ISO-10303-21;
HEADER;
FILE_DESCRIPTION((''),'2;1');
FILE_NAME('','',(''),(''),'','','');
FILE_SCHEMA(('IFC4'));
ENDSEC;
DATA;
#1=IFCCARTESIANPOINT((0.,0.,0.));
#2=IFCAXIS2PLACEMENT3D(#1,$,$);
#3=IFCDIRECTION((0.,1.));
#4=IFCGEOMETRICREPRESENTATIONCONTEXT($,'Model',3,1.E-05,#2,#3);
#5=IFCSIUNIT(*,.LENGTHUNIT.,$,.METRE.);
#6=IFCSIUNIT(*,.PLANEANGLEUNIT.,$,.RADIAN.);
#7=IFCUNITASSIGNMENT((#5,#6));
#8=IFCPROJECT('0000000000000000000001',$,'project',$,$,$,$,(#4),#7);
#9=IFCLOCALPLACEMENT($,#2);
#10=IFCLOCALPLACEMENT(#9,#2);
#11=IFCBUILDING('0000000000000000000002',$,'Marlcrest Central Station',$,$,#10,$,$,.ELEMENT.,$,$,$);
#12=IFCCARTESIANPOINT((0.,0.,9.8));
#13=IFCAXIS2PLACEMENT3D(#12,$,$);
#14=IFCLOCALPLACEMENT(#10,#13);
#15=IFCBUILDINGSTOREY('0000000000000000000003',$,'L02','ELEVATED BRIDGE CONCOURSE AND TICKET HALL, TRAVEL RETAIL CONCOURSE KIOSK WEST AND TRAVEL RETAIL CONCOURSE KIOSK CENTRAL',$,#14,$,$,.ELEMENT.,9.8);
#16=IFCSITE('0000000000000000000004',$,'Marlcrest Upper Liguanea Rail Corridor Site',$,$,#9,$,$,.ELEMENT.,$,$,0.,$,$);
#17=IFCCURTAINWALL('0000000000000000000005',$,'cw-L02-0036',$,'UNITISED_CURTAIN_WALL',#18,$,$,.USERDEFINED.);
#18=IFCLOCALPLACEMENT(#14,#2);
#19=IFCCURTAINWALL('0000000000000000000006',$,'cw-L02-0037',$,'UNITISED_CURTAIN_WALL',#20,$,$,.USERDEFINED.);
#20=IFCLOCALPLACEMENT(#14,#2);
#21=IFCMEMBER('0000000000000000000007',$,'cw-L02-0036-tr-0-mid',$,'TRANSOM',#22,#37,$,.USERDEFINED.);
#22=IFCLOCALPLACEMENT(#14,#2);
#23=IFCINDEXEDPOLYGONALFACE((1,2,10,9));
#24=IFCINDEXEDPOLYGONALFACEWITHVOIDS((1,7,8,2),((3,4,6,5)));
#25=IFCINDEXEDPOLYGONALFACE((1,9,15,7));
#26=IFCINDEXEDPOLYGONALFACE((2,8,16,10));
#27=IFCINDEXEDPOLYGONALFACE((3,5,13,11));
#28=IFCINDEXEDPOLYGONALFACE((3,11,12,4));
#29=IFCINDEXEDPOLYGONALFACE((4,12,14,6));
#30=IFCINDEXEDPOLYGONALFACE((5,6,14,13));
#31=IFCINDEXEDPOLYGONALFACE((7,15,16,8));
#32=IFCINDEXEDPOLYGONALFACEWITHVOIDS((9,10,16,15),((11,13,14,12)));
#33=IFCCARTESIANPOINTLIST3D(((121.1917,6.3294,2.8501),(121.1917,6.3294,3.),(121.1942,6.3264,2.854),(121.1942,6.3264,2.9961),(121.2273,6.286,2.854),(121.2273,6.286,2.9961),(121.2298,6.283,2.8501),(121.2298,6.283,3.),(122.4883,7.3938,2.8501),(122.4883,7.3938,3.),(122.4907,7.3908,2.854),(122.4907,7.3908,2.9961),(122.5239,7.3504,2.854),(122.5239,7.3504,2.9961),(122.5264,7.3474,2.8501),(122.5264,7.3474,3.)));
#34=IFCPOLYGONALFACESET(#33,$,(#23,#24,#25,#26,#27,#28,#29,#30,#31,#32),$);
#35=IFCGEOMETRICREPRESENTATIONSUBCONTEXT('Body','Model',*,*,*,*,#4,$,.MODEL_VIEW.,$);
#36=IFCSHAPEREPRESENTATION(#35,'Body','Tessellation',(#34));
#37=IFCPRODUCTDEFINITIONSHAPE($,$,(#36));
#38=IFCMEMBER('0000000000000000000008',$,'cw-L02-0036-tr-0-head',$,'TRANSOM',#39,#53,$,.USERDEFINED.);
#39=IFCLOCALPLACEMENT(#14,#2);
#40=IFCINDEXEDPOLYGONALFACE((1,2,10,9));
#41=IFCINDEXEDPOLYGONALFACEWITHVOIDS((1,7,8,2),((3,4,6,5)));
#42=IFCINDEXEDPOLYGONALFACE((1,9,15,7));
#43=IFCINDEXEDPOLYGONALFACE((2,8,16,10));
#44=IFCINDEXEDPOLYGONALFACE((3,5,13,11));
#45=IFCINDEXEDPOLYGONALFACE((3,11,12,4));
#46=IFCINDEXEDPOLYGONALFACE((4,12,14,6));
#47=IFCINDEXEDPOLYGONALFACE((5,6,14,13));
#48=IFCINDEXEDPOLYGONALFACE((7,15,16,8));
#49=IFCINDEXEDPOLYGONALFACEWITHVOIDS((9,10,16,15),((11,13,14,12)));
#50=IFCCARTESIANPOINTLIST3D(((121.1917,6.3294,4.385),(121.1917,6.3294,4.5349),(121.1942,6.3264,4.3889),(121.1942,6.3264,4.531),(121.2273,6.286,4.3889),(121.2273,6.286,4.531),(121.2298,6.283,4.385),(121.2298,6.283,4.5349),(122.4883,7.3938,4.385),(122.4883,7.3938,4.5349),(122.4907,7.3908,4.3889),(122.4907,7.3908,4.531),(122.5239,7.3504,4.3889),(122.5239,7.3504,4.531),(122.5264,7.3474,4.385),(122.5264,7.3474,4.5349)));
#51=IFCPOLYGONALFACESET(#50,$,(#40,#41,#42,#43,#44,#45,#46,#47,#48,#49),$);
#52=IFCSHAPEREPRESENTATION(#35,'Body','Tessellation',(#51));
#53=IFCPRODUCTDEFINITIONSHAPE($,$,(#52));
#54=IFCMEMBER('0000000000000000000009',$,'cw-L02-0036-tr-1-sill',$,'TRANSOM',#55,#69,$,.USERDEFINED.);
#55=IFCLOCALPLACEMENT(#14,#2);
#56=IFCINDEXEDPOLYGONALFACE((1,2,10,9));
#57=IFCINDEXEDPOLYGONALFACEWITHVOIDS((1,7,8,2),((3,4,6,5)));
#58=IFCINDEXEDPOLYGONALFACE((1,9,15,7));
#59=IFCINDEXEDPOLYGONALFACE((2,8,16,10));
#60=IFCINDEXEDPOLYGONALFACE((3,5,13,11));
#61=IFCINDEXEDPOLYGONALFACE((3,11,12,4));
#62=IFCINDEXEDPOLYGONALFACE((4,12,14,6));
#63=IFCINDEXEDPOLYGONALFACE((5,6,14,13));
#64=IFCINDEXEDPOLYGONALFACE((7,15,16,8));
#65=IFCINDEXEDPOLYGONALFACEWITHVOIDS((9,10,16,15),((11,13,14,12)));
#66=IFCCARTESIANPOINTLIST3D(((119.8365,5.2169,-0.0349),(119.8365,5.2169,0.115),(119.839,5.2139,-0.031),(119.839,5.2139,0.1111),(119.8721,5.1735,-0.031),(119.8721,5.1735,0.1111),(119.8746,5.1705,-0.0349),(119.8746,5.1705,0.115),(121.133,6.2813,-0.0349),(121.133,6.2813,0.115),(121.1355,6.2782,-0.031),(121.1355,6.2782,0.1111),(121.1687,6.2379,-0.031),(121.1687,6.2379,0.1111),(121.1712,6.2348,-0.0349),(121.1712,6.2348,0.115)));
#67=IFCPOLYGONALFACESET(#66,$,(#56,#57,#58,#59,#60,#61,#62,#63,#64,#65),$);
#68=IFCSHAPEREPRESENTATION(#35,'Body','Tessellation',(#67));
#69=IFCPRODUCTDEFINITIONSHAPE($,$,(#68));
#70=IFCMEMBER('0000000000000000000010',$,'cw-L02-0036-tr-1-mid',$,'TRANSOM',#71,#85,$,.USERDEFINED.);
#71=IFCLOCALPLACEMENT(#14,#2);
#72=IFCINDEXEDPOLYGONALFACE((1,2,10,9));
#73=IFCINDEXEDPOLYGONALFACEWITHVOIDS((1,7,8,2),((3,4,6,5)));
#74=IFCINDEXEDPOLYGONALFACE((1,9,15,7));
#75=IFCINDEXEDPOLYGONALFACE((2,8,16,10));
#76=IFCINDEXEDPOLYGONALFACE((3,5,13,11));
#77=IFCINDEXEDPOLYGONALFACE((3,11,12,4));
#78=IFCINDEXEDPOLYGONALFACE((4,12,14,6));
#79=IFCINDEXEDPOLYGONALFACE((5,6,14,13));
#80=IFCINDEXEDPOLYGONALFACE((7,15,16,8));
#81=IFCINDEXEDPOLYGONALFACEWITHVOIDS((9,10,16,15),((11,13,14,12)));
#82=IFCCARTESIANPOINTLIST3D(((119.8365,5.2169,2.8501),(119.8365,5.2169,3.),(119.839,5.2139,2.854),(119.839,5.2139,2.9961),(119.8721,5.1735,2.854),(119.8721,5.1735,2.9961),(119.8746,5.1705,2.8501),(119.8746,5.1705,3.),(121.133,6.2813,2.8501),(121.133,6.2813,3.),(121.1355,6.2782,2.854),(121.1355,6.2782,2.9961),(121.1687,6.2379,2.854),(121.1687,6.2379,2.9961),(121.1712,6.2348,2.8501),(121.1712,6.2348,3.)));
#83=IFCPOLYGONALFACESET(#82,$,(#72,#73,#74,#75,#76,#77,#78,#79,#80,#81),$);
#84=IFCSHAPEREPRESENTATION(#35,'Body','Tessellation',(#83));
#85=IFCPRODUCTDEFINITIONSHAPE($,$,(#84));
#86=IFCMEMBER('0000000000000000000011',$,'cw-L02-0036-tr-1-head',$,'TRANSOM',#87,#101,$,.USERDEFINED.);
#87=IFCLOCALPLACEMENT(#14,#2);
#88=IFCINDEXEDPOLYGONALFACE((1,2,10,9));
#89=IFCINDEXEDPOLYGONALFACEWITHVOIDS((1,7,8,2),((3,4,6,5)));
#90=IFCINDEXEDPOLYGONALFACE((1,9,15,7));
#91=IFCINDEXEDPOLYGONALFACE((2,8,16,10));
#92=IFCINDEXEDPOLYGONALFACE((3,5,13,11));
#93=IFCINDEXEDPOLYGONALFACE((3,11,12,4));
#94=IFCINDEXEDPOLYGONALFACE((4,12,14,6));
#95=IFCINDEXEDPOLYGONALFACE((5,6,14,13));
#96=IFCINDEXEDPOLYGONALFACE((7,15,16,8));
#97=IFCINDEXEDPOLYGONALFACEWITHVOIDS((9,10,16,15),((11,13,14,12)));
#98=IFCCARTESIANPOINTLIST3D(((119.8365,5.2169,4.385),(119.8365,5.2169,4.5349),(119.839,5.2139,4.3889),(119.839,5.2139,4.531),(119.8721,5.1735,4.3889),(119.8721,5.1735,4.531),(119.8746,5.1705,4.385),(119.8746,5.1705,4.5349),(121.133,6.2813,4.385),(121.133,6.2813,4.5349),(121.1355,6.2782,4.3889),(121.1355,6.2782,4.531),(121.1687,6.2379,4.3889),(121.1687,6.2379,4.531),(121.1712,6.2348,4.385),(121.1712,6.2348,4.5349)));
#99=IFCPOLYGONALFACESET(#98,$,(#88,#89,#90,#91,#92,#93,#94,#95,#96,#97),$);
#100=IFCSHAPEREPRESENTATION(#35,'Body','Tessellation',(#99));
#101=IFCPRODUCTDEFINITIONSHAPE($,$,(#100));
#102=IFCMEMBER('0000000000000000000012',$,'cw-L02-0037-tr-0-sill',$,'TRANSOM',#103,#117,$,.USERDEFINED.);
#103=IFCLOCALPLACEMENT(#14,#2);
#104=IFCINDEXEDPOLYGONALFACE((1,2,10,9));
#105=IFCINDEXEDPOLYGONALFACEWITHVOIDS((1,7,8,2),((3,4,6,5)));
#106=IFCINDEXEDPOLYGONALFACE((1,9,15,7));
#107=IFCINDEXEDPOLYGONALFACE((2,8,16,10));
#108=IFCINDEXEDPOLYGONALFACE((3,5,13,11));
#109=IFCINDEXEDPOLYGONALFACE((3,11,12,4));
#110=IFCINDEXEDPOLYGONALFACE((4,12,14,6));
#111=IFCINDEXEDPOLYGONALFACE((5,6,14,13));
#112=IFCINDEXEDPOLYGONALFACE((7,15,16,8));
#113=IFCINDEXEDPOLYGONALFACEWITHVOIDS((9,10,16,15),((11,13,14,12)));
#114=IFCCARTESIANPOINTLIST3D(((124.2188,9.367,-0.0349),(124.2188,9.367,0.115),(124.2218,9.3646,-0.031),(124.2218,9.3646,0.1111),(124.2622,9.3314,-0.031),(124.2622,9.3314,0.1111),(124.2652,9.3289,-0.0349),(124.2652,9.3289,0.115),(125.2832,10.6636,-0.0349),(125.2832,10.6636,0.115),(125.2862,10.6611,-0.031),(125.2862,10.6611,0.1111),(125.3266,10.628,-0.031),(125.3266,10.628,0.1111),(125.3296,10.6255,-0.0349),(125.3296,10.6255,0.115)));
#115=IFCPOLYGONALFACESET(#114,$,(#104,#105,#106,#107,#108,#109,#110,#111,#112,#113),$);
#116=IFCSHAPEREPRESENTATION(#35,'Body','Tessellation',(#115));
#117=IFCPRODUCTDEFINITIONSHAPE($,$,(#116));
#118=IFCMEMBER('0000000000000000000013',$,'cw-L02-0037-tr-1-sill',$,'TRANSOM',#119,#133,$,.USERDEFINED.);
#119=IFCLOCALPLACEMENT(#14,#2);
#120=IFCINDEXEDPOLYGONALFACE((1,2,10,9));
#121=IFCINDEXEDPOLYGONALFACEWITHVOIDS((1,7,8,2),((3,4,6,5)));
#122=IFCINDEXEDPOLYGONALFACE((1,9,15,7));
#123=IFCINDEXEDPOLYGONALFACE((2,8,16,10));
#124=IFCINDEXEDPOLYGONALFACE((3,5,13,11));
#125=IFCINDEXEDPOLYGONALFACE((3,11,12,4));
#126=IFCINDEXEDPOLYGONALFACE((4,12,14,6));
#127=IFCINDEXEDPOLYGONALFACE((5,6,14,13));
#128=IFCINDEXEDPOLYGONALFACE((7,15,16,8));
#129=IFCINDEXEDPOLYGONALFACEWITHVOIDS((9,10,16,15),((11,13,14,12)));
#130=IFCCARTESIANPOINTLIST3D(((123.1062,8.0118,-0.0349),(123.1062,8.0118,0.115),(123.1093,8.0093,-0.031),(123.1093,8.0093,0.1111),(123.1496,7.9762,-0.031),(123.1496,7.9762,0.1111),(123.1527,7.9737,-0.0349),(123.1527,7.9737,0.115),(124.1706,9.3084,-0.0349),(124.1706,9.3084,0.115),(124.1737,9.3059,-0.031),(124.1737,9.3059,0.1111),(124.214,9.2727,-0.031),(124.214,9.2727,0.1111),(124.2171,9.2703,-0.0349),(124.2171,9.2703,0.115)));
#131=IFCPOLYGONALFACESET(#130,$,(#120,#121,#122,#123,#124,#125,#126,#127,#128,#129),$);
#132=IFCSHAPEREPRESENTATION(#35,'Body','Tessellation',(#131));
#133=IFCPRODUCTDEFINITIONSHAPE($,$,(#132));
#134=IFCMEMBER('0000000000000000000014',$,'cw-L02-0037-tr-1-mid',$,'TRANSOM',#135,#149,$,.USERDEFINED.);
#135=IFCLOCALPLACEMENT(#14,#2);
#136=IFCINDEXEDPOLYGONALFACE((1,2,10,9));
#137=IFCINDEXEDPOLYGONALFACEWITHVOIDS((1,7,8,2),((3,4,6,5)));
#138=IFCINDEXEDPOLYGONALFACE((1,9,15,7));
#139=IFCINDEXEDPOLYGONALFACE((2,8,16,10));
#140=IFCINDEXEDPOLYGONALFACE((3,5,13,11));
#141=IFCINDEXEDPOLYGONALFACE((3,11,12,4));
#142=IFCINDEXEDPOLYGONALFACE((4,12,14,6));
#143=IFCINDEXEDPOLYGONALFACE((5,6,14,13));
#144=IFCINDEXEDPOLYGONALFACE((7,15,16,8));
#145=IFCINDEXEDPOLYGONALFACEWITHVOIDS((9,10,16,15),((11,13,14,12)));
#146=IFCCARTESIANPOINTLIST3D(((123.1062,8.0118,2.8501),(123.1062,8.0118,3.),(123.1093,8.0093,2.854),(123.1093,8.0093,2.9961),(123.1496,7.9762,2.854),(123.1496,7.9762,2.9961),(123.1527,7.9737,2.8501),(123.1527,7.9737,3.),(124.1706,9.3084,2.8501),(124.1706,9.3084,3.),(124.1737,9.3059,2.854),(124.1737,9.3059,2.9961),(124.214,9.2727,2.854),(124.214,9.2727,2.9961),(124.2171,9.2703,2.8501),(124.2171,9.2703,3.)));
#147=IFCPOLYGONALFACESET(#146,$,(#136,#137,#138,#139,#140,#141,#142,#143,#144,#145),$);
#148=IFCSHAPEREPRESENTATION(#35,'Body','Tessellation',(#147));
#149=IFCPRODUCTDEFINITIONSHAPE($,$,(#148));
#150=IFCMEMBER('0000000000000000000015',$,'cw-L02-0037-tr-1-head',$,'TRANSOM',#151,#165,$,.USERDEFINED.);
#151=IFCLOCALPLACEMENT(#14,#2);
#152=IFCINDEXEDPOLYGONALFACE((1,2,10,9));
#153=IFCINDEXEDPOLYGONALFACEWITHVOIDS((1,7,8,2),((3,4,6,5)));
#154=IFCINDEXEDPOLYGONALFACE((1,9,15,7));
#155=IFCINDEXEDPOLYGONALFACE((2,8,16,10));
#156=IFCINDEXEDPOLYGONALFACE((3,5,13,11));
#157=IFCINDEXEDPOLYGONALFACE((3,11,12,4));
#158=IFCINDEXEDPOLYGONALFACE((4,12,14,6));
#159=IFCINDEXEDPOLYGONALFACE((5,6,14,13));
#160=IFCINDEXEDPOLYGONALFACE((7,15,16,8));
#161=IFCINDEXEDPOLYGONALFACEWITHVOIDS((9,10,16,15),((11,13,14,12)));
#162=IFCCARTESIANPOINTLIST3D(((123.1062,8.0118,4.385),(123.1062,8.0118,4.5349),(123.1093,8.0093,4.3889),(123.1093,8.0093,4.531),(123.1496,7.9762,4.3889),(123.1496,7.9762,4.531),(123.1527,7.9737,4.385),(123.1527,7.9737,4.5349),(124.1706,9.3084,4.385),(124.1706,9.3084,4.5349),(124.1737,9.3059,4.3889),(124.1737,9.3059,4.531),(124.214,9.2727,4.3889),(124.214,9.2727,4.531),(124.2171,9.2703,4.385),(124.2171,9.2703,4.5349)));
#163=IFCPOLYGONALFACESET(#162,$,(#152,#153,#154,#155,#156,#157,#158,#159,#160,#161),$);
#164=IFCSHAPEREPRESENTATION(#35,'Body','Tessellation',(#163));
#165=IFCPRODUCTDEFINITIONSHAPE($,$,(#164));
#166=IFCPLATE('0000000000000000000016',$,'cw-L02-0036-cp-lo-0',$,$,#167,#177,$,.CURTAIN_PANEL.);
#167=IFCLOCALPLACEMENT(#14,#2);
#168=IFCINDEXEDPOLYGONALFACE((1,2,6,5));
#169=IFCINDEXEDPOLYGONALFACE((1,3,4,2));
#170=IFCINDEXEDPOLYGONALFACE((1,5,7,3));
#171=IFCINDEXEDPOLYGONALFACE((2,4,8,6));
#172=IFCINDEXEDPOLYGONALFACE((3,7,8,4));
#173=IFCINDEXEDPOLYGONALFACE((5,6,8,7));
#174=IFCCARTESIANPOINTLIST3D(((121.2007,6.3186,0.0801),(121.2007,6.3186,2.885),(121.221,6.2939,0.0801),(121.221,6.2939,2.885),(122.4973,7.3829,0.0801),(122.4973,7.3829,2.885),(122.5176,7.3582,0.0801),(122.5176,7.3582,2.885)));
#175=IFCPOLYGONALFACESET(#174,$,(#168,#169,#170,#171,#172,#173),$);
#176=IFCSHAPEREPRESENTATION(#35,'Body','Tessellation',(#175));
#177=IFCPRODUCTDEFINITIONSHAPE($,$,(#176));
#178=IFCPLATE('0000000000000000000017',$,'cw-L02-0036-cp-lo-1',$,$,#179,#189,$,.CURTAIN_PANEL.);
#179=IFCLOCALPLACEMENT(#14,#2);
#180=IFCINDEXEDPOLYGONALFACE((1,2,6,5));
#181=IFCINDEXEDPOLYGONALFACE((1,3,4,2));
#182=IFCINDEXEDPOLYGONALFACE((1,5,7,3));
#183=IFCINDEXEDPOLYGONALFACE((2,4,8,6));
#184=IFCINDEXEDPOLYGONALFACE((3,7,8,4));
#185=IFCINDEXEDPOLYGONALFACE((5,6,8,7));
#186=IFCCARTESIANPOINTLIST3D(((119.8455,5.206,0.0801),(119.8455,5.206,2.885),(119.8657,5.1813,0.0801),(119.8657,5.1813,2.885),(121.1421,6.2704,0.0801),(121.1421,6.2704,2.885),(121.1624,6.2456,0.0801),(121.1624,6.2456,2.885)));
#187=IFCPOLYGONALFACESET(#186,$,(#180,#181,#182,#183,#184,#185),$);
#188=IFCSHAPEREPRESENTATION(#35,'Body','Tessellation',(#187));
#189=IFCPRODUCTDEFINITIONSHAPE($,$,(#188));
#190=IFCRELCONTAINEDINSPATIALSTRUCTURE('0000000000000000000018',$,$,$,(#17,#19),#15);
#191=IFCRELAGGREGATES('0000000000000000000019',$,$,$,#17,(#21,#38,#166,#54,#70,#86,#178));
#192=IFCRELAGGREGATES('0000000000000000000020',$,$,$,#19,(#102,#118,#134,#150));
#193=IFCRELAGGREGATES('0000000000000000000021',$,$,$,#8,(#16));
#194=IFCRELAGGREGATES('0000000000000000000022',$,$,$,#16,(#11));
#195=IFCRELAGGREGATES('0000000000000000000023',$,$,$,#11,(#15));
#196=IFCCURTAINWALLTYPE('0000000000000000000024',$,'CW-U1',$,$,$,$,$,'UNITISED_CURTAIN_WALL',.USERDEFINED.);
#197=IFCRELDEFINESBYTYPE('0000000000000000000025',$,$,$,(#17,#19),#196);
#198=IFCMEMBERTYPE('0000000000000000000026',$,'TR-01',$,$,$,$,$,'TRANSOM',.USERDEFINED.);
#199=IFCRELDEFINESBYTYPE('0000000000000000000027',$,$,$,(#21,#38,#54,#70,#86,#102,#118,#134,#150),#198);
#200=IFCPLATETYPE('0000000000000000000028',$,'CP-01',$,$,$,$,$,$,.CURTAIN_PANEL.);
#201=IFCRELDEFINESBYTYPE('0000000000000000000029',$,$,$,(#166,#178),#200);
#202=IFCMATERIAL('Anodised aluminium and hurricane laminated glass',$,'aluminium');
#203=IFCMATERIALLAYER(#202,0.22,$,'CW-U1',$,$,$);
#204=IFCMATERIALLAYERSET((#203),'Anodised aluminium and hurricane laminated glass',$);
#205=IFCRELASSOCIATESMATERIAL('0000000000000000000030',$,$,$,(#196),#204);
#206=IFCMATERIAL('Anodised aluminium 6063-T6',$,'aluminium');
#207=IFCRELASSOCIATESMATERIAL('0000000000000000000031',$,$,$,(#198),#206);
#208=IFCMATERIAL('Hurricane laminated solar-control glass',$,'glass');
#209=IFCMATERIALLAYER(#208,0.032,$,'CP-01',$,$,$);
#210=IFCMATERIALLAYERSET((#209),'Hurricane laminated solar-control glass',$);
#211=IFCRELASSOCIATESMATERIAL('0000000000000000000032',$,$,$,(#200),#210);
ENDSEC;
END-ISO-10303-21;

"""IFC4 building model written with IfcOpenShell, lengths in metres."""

from ifc_helpers import new_model, si_unit, direction, frame, origin, origin_2d, place, context, subcontext, project, spatial, rectangle, hollow_rectangle, extrude, material, layer, layer_set, material_profile, profile_set, type_object, element, aggregate, save


model = new_model("IFC4")

# Units and contexts
model_context = context("Model", 3, precision=1e-05, world=origin(), true_north=direction((0.0, 1.0)))
body_context = subcontext(model_context, "Body", "Model", "MODEL_VIEW")
ifc_project = project(units=[si_unit("LENGTHUNIT", "METRE"), si_unit("PLANEANGLEUNIT", "RADIAN")], contexts=[model_context])

# Site, building, storey
site_placement = place(None, origin())
site = spatial("IfcSite", under=ifc_project, at=site_placement, Name="Marlcrest Upper Liguanea Rail Corridor Site", CompositionType="ELEMENT", RefElevation=0.0)
building_placement = place(site_placement, origin())
building = spatial("IfcBuilding", under=site, at=building_placement, Name="Marlcrest Central Station", CompositionType="ELEMENT")
storey_placement = place(building_placement, frame((0.0, 0.0, 9.8)))
storey = spatial("IfcBuildingStorey", under=building, at=storey_placement, Name="L02", Description="ELEVATED BRIDGE CONCOURSE AND TICKET HALL, TRAVEL RETAIL CONCOURSE KIOSK WEST AND TRAVEL RETAIL CONCOURSE KIOSK CENTRAL", CompositionType="ELEMENT", Elevation=9.8)

# Curtain walls
ifc_material_1 = material(Name="Anodised aluminium and hurricane laminated glass", Category="aluminium")
ifc_layer_1 = layer(ifc_material_1, 0.22, Name="CW-U1")
ifc_layer_set_1 = layer_set([ifc_layer_1], Name="Anodised aluminium and hurricane laminated glass")
curtain_wall_type = type_object("IfcCurtainWallType", Name="CW-U1", ElementType="UNITISED_CURTAIN_WALL", PredefinedType="USERDEFINED", material=ifc_layer_set_1)
curtain_wall_1_placement = place(storey_placement, origin())
curtain_wall_1 = element("IfcCurtainWall", 1, at=curtain_wall_1_placement, inside=storey, type_object=curtain_wall_type, Name="cw-L02-0036", ObjectType="UNITISED_CURTAIN_WALL", PredefinedType="USERDEFINED")
ifc_material_2 = material(Name="Anodised aluminium 6063-T6", Category="aluminium")
curtain_wall_2_placement = place(storey_placement, origin())
curtain_wall_2 = element("IfcCurtainWall", 2, at=curtain_wall_2_placement, inside=storey, type_object=curtain_wall_type, Name="cw-L02-0037", ObjectType="UNITISED_CURTAIN_WALL", PredefinedType="USERDEFINED")

# Members
ifc_material_profile_1 = material_profile(ifc_material_2, hollow_rectangle(XDim=0.0601, YDim=0.1499, WallThickness=0.0039, at=origin_2d()), Name="AA-RHS 150x60x4")
ifc_profile_set_1 = profile_set([ifc_material_profile_1], Name="Anodised aluminium 6063-T6")
member_type_1 = type_object("IfcMemberType", Name="TR-01", ElementType="TRANSOM", PredefinedType="USERDEFINED", material=ifc_profile_set_1)
member_1_placement = place(storey_placement, frame((122.5073, 7.3706, 2.925), z_axis=(-0.772912, -0.634513, 0.0), x_axis=(0.634513, -0.772912, 0.0)))
member_1 = element("IfcMember", 3, at=member_1_placement, type_object=member_type_1, Name="cw-L02-0036-tr-0-mid", ObjectType="TRANSOM", PredefinedType="USERDEFINED", context=body_context, shape_type="SweptSolid", body=[
    extrude(hollow_rectangle(XDim=0.0601, YDim=0.1499, WallThickness=0.0039, at=origin_2d()), origin(), (0.0, 0.0, 1.0), 1.6775),
])
member_2_placement = place(storey_placement, frame((122.5073, 7.3706, 4.46), z_axis=(-0.772912, -0.634513, 0.0), x_axis=(0.634513, -0.772912, 0.0)))
member_2 = element("IfcMember", 4, at=member_2_placement, type_object=member_type_1, Name="cw-L02-0036-tr-0-head", ObjectType="TRANSOM", PredefinedType="USERDEFINED", context=body_context, shape_type="SweptSolid", body=[
    extrude(hollow_rectangle(XDim=0.0601, YDim=0.1499, WallThickness=0.0039, at=origin_2d()), origin(), (0.0, 0.0, 1.0), 1.6775),
])
member_3_placement = place(storey_placement, frame((121.1521, 6.2581, 0.04), z_axis=(-0.772912, -0.634513, 0.0), x_axis=(0.634513, -0.772912, 0.0)))
member_3 = element("IfcMember", 5, at=member_3_placement, type_object=member_type_1, Name="cw-L02-0036-tr-1-sill", ObjectType="TRANSOM", PredefinedType="USERDEFINED", context=body_context, shape_type="SweptSolid", body=[
    extrude(hollow_rectangle(XDim=0.0601, YDim=0.1499, WallThickness=0.0039, at=origin_2d()), origin(), (0.0, 0.0, 1.0), 1.6775),
])
member_4_placement = place(storey_placement, frame((121.1521, 6.2581, 2.925), z_axis=(-0.772912, -0.634513, 0.0), x_axis=(0.634513, -0.772912, 0.0)))
member_4 = element("IfcMember", 6, at=member_4_placement, type_object=member_type_1, Name="cw-L02-0036-tr-1-mid", ObjectType="TRANSOM", PredefinedType="USERDEFINED", context=body_context, shape_type="SweptSolid", body=[
    extrude(hollow_rectangle(XDim=0.0601, YDim=0.1499, WallThickness=0.0039, at=origin_2d()), origin(), (0.0, 0.0, 1.0), 1.6775),
])
member_5_placement = place(storey_placement, frame((121.1521, 6.2581, 4.46), z_axis=(-0.772912, -0.634513, 0.0), x_axis=(0.634513, -0.772912, 0.0)))
member_5 = element("IfcMember", 7, at=member_5_placement, type_object=member_type_1, Name="cw-L02-0036-tr-1-head", ObjectType="TRANSOM", PredefinedType="USERDEFINED", context=body_context, shape_type="SweptSolid", body=[
    extrude(hollow_rectangle(XDim=0.0601, YDim=0.1499, WallThickness=0.0039, at=origin_2d()), origin(), (0.0, 0.0, 1.0), 1.6775),
])
member_6_placement = place(storey_placement, frame((125.3064, 10.6445, 0.04), z_axis=(-0.634513, -0.772912, 0.0), x_axis=(0.772912, -0.634513, 0.0)))
member_6 = element("IfcMember", 8, at=member_6_placement, type_object=member_type_1, Name="cw-L02-0037-tr-0-sill", ObjectType="TRANSOM", PredefinedType="USERDEFINED", context=body_context, shape_type="SweptSolid", body=[
    extrude(hollow_rectangle(XDim=0.0601, YDim=0.1499, WallThickness=0.0039, at=origin_2d()), origin(), (0.0, 0.0, 1.0), 1.6775),
])
member_7_placement = place(storey_placement, frame((124.1938, 9.2893, 0.04), z_axis=(-0.634513, -0.772912, 0.0), x_axis=(0.772912, -0.634513, 0.0)))
member_7 = element("IfcMember", 9, at=member_7_placement, type_object=member_type_1, Name="cw-L02-0037-tr-1-sill", ObjectType="TRANSOM", PredefinedType="USERDEFINED", context=body_context, shape_type="SweptSolid", body=[
    extrude(hollow_rectangle(XDim=0.0601, YDim=0.1499, WallThickness=0.0039, at=origin_2d()), origin(), (0.0, 0.0, 1.0), 1.6775),
])
member_8_placement = place(storey_placement, frame((124.1938, 9.2893, 2.925), z_axis=(-0.634513, -0.772912, 0.0), x_axis=(0.772912, -0.634513, 0.0)))
member_8 = element("IfcMember", 10, at=member_8_placement, type_object=member_type_1, Name="cw-L02-0037-tr-1-mid", ObjectType="TRANSOM", PredefinedType="USERDEFINED", context=body_context, shape_type="SweptSolid", body=[
    extrude(hollow_rectangle(XDim=0.0601, YDim=0.1499, WallThickness=0.0039, at=origin_2d()), origin(), (0.0, 0.0, 1.0), 1.6775),
])
member_9_placement = place(storey_placement, frame((124.1938, 9.2893, 4.46), z_axis=(-0.634513, -0.772912, 0.0), x_axis=(0.772912, -0.634513, 0.0)))
member_9 = element("IfcMember", 11, at=member_9_placement, type_object=member_type_1, Name="cw-L02-0037-tr-1-head", ObjectType="TRANSOM", PredefinedType="USERDEFINED", context=body_context, shape_type="SweptSolid", body=[
    extrude(hollow_rectangle(XDim=0.0601, YDim=0.1499, WallThickness=0.0039, at=origin_2d()), origin(), (0.0, 0.0, 1.0), 1.6775),
])

# Plates
ifc_material_3 = material(Name="Hurricane laminated solar-control glass", Category="glass")
ifc_layer_2 = layer(ifc_material_3, 0.032, Name="CP-01")
ifc_layer_set_2 = layer_set([ifc_layer_2], Name="Hurricane laminated solar-control glass")
plate_type_1 = type_object("IfcPlateType", Name="CP-01", PredefinedType="CURTAIN_PANEL", material=ifc_layer_set_2)
plate_1_placement = place(storey_placement, frame((121.8591, 6.8384, 0.0801), z_axis=(0.0, 0.0, 1.0), x_axis=(-0.772944, -0.634474, 0.0)))
plate_1 = element("IfcPlate", 12, at=plate_1_placement, type_object=plate_type_1, Name="cw-L02-0036-cp-lo-0", PredefinedType="CURTAIN_PANEL", context=body_context, shape_type="SweptSolid", body=[
    extrude(rectangle(XDim=1.6775, YDim=0.032, at=origin_2d()), origin(), (0.0, 0.0, 1.0), 2.8049),
])
plate_2_placement = place(storey_placement, frame((120.5039, 5.7258, 0.0801), z_axis=(0.0, 0.0, 1.0), x_axis=(-0.772944, -0.634474, 0.0)))
plate_2 = element("IfcPlate", 13, at=plate_2_placement, type_object=plate_type_1, Name="cw-L02-0036-cp-lo-1", PredefinedType="CURTAIN_PANEL", context=body_context, shape_type="SweptSolid", body=[
    extrude(rectangle(XDim=1.6775, YDim=0.032, at=origin_2d()), origin(), (0.0, 0.0, 1.0), 2.8049),
])
aggregate(curtain_wall_1, [member_1, member_2, plate_1, member_3, member_4, member_5, plate_2])
aggregate(curtain_wall_2, [member_6, member_7, member_8, member_9])

save(model, "model.ifc")
